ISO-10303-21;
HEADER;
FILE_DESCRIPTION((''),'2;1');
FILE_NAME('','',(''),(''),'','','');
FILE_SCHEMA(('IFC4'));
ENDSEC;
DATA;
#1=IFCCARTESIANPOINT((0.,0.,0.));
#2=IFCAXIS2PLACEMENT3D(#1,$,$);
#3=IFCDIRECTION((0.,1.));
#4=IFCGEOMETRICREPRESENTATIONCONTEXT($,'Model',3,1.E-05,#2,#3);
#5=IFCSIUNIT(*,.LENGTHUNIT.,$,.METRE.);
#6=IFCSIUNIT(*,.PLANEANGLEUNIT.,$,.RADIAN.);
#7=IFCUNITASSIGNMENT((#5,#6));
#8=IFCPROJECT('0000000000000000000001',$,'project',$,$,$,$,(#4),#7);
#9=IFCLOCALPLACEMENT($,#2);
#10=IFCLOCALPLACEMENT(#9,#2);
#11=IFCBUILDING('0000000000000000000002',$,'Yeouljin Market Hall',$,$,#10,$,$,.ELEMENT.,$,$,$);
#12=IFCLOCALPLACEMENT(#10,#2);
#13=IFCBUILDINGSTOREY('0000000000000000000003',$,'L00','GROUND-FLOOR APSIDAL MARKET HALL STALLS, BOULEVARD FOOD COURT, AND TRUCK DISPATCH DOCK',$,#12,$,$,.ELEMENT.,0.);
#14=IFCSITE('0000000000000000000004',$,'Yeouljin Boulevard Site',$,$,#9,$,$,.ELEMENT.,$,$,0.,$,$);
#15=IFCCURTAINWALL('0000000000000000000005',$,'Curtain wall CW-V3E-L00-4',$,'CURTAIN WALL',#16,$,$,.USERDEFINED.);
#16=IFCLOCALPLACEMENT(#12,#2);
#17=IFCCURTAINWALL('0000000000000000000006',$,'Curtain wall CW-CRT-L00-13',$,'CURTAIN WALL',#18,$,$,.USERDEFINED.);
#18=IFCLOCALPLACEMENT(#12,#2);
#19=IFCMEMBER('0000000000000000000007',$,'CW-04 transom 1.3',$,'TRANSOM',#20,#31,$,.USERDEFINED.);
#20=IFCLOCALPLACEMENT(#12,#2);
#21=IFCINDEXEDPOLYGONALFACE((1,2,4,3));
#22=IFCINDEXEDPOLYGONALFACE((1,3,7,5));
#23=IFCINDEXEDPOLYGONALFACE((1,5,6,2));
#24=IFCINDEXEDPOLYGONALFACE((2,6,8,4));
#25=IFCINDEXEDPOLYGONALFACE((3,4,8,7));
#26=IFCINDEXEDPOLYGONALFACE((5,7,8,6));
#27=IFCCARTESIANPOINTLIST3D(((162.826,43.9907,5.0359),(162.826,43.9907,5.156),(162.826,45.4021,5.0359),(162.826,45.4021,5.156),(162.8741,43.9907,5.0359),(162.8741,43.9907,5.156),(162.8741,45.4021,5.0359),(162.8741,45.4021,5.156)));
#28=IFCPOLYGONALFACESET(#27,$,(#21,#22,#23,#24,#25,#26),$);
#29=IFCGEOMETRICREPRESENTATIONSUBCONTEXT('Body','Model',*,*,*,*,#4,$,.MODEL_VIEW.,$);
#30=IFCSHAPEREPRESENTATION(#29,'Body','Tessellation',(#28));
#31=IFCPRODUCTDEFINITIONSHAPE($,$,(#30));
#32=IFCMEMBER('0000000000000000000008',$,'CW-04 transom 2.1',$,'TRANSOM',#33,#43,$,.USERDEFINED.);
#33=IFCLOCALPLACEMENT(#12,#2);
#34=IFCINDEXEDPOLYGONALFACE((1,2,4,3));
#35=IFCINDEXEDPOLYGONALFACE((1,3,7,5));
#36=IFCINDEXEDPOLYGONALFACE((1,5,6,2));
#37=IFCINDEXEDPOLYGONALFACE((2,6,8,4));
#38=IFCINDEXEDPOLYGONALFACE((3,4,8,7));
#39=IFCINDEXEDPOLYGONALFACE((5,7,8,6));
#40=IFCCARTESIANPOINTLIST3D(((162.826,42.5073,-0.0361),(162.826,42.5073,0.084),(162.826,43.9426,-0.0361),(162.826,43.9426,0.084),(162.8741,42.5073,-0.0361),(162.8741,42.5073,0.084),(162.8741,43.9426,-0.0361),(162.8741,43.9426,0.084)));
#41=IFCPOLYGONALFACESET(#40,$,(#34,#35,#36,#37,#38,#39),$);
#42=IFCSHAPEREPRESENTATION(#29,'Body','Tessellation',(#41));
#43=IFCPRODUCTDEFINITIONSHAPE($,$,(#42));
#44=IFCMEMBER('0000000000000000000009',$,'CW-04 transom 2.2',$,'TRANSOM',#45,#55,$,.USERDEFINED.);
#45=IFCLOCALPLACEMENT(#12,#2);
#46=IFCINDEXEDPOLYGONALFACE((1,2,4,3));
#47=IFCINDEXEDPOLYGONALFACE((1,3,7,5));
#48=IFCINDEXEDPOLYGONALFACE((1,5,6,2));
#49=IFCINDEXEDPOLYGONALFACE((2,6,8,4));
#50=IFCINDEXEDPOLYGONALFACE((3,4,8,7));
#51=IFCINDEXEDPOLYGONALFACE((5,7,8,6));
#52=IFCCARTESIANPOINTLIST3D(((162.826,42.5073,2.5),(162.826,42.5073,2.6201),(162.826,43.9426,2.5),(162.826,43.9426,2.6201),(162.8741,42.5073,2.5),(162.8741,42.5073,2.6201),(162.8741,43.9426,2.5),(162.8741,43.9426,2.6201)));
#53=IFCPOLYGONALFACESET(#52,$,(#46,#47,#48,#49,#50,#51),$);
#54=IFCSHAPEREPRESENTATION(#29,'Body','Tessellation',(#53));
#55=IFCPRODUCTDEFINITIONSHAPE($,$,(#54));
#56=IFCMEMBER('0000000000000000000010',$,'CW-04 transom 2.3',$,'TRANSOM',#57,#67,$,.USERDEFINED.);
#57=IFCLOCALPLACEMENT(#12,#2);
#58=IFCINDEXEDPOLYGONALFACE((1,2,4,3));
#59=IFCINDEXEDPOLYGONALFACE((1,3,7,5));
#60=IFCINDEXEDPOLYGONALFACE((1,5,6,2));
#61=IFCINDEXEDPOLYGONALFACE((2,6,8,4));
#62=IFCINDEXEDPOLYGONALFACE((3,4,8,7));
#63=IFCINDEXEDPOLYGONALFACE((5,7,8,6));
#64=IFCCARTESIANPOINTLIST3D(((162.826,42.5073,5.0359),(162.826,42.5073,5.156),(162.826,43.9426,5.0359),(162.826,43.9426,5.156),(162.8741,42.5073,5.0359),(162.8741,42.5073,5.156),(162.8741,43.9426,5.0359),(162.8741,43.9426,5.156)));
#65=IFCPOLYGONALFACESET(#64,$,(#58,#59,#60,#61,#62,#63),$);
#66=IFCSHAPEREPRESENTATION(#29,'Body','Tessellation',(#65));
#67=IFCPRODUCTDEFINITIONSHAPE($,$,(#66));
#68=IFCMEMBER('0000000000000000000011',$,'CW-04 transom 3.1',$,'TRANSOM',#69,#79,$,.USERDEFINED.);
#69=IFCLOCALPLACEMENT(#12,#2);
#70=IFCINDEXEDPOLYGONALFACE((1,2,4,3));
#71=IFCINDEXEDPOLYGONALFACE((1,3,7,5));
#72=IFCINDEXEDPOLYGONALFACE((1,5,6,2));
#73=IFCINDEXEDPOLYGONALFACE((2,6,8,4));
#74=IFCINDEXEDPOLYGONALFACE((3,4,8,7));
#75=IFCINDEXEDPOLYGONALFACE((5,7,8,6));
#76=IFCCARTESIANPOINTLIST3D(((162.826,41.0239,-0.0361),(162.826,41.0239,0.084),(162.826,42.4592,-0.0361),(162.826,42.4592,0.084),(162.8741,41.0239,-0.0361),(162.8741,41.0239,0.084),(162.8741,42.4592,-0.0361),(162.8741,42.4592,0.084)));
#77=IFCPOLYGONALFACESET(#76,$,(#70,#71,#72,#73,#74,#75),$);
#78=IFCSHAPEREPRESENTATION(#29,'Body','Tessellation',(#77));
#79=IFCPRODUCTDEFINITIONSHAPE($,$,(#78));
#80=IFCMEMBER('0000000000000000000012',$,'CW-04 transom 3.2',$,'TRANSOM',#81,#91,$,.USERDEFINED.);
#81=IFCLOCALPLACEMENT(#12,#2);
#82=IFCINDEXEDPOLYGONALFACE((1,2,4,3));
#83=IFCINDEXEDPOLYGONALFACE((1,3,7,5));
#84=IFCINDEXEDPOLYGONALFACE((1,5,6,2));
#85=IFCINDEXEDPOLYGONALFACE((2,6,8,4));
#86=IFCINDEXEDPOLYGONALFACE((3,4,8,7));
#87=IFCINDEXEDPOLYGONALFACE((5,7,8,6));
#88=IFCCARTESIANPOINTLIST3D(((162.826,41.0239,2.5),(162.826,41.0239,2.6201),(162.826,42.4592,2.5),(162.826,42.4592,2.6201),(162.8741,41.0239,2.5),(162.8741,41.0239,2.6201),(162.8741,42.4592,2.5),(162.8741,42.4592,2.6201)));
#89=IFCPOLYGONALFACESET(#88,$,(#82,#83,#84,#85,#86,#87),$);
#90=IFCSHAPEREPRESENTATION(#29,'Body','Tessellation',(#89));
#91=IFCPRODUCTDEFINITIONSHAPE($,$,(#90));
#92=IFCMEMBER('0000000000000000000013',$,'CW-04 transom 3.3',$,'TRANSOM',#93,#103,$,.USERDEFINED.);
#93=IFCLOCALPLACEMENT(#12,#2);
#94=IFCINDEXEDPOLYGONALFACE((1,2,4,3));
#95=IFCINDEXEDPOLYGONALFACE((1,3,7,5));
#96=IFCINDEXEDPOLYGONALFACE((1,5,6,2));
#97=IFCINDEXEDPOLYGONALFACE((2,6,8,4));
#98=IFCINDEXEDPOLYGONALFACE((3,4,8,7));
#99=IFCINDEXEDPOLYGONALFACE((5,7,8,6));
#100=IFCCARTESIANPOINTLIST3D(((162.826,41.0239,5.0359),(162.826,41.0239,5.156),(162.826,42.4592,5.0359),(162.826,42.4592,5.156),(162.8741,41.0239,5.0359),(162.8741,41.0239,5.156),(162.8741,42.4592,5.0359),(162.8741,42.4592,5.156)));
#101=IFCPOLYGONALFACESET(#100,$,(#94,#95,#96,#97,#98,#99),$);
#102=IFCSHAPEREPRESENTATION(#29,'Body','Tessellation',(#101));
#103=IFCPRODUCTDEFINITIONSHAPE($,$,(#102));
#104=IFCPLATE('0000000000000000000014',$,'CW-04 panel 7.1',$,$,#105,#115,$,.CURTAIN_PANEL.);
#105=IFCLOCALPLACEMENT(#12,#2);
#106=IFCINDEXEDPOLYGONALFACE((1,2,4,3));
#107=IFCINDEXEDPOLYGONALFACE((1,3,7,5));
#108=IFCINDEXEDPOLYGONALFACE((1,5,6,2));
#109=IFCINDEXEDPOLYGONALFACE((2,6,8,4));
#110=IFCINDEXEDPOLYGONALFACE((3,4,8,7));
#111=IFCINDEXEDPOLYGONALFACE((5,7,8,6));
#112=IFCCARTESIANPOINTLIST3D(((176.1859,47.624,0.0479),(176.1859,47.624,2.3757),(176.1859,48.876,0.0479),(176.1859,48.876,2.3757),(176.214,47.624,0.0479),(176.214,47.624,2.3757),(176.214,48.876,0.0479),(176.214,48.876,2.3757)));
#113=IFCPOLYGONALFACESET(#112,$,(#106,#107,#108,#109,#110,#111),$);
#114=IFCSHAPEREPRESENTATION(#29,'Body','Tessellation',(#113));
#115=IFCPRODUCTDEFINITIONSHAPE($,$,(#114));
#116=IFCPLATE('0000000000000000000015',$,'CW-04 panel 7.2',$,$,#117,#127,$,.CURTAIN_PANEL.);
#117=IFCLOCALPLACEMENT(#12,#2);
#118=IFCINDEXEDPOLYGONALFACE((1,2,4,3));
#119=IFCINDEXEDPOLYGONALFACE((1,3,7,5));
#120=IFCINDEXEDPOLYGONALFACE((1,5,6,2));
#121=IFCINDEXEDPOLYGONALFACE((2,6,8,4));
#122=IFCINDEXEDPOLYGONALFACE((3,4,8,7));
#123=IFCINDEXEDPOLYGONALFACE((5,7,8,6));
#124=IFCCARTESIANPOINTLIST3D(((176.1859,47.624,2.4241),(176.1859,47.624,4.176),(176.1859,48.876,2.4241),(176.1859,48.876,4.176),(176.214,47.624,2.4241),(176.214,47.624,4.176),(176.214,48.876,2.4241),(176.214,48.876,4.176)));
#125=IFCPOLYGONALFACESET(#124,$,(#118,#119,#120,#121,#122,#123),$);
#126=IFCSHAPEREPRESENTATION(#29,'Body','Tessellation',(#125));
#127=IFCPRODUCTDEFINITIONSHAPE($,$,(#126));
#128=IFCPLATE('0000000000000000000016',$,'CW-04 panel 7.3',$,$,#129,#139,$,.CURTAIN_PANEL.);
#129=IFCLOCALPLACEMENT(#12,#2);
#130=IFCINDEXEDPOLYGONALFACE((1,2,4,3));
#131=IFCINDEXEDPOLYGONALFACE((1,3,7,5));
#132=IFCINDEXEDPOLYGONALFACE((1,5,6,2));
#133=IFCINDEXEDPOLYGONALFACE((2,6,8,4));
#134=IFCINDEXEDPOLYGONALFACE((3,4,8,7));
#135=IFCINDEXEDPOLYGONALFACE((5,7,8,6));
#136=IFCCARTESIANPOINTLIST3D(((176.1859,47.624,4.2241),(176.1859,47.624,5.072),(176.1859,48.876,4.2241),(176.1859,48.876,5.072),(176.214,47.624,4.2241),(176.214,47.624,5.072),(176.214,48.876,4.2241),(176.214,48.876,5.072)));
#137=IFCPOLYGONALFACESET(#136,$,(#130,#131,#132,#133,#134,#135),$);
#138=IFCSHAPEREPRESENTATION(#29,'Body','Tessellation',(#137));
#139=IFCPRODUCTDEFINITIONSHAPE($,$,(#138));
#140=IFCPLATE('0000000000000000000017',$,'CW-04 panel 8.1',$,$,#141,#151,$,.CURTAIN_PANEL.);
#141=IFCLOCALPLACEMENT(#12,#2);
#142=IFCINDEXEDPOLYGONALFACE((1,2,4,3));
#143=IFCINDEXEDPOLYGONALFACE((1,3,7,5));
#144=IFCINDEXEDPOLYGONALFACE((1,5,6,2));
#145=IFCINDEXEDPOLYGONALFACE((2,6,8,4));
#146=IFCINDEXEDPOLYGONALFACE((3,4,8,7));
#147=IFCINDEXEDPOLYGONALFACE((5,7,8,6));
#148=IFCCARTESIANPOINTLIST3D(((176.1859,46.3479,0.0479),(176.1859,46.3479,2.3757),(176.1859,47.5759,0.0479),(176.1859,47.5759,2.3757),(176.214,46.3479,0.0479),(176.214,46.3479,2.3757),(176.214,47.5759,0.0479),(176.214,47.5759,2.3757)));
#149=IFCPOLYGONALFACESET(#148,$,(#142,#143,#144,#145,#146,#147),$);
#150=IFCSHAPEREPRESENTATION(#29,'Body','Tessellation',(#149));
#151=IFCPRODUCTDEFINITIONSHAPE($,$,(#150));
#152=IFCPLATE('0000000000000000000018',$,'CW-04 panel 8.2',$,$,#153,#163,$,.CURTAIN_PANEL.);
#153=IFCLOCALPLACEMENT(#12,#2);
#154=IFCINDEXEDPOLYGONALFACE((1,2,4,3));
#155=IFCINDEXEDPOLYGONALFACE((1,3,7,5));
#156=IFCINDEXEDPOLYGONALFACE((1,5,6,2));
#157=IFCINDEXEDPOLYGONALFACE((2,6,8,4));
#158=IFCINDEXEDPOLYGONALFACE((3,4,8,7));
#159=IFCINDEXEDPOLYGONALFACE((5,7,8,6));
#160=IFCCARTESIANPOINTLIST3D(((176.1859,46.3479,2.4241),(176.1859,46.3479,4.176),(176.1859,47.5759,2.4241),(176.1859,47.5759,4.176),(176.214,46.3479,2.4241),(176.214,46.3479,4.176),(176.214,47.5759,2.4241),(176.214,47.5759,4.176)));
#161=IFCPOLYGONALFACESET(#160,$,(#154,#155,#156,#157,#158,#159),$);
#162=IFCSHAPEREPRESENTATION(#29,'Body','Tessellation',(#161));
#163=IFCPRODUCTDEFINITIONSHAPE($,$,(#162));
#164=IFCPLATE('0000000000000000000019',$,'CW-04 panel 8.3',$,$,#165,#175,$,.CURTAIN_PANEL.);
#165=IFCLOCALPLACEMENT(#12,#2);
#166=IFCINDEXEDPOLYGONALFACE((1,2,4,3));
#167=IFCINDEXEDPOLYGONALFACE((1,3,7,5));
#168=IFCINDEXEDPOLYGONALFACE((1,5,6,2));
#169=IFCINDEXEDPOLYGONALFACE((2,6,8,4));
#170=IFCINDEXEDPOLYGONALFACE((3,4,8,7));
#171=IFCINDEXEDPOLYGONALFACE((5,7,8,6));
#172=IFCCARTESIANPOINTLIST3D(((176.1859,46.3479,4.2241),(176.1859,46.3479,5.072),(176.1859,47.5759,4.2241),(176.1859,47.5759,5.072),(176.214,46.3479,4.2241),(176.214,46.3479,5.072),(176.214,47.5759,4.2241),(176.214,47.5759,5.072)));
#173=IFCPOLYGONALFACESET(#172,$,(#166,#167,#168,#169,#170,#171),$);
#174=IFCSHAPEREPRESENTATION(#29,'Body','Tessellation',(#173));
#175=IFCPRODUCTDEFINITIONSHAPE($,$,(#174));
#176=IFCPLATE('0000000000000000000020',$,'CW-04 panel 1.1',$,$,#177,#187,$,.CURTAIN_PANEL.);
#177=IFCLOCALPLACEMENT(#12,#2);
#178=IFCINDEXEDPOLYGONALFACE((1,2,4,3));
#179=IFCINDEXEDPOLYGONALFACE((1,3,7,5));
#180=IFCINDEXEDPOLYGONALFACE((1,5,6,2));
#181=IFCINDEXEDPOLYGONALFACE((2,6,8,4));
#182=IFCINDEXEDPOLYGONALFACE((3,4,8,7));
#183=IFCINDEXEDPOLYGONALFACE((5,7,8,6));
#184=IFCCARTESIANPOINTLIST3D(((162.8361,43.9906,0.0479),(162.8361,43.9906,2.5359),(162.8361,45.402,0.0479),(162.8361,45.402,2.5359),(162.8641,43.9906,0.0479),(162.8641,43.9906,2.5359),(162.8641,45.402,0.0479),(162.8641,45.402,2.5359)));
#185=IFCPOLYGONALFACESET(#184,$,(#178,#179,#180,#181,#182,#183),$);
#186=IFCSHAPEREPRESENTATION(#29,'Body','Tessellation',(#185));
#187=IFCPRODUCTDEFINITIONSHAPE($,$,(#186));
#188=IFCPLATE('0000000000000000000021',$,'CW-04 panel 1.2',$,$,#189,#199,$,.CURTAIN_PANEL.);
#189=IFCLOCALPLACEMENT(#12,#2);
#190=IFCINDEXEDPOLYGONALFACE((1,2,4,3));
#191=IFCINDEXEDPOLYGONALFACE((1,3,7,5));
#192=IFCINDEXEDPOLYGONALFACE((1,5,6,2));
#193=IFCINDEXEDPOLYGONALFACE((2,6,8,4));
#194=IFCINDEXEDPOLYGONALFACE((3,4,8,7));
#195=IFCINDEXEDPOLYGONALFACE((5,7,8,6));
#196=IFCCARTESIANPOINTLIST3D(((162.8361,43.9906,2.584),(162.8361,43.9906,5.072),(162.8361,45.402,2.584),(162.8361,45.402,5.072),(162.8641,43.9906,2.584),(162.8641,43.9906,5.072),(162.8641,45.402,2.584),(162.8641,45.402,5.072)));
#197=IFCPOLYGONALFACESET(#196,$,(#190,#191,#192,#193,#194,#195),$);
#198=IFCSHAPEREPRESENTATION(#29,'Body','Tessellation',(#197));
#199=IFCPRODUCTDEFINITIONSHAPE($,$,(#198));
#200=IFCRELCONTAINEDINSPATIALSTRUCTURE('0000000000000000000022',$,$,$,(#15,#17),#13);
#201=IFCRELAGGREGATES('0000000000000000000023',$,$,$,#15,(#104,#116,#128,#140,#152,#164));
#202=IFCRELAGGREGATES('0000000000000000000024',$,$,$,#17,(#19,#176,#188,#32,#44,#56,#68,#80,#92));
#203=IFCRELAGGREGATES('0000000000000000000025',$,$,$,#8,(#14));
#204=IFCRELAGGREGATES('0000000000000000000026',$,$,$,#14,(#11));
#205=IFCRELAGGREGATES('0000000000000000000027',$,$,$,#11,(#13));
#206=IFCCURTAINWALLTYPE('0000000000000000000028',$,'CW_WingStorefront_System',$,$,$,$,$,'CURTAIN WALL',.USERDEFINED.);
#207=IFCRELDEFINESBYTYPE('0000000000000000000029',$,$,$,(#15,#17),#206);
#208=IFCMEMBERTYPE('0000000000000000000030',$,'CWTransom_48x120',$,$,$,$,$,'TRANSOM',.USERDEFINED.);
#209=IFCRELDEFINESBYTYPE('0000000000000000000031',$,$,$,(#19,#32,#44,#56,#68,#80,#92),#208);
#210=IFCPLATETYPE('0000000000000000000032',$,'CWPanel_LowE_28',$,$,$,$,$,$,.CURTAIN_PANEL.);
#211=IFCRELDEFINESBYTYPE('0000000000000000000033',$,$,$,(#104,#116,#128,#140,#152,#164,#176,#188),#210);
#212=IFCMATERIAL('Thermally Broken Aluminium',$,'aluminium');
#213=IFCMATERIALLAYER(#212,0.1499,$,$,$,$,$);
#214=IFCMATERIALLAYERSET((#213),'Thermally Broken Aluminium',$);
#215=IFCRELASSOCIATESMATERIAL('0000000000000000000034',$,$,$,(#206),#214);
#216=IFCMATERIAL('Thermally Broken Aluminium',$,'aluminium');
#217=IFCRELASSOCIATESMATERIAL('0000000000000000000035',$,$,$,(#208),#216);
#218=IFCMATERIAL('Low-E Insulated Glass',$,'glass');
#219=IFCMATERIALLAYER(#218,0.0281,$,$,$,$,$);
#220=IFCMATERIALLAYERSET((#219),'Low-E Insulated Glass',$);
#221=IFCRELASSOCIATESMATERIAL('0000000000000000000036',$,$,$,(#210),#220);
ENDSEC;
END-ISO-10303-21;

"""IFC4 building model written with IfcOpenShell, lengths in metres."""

from ifc_helpers import new_model, si_unit, direction, frame, origin, origin_2d, place, context, subcontext, project, spatial, rectangle, extrude, material, layer, layer_set, material_profile, profile_set, type_object, element, aggregate, save


model = new_model("IFC4")

# Units and contexts
model_context = context("Model", 3, precision=1e-05, world=origin(), true_north=direction((0.0, 1.0)))
body_context = subcontext(model_context, "Body", "Model", "MODEL_VIEW")
ifc_project = project(units=[si_unit("LENGTHUNIT", "METRE"), si_unit("PLANEANGLEUNIT", "RADIAN")], contexts=[model_context])

# Site, building, storey
site_placement = place(None, origin())
site = spatial("IfcSite", under=ifc_project, at=site_placement, Name="Yeouljin Boulevard Site", CompositionType="ELEMENT", RefElevation=0.0)
building_placement = place(site_placement, origin())
building = spatial("IfcBuilding", under=site, at=building_placement, Name="Yeouljin Market Hall", CompositionType="ELEMENT")
storey_placement = place(building_placement, origin())
storey = spatial("IfcBuildingStorey", under=building, at=storey_placement, Name="L00", Description="GROUND-FLOOR APSIDAL MARKET HALL STALLS, BOULEVARD FOOD COURT, AND TRUCK DISPATCH DOCK", CompositionType="ELEMENT", Elevation=0.0)

# Curtain walls
ifc_material_1 = material(Name="Thermally Broken Aluminium", Category="aluminium")
ifc_layer_1 = layer(ifc_material_1, 0.1499)
ifc_layer_set_1 = layer_set([ifc_layer_1], Name="Thermally Broken Aluminium")
curtain_wall_type = type_object("IfcCurtainWallType", Name="CW_WingStorefront_System", ElementType="CURTAIN WALL", PredefinedType="USERDEFINED", material=ifc_layer_set_1)
curtain_wall_1_placement = place(storey_placement, origin())
curtain_wall_1 = element("IfcCurtainWall", 1, at=curtain_wall_1_placement, inside=storey, type_object=curtain_wall_type, Name="Curtain wall CW-V3E-L00-4", ObjectType="CURTAIN WALL", PredefinedType="USERDEFINED")
curtain_wall_2_placement = place(storey_placement, origin())
curtain_wall_2 = element("IfcCurtainWall", 2, at=curtain_wall_2_placement, inside=storey, type_object=curtain_wall_type, Name="Curtain wall CW-CRT-L00-13", ObjectType="CURTAIN WALL", PredefinedType="USERDEFINED")

# Members
ifc_material_2 = material(Name="Thermally Broken Aluminium", Category="aluminium")
ifc_material_profile_1 = material_profile(ifc_material_2, rectangle(XDim=0.0481, YDim=0.1201, at=origin_2d()), Name="CW-TRAN-48x120")
ifc_profile_set_1 = profile_set([ifc_material_profile_1], Name="Thermally Broken Aluminium")
member_type_1 = type_object("IfcMemberType", Name="CWTransom_48x120", ElementType="TRANSOM", PredefinedType="USERDEFINED", material=ifc_profile_set_1)
member_1_placement = place(storey_placement, frame((162.8501, 45.4021, 5.0959), z_axis=(0.0, -1.0, 0.0), x_axis=(1.0, 0.0, 0.0)))
member_1 = element("IfcMember", 3, at=member_1_placement, type_object=member_type_1, Name="CW-04 transom 1.3", ObjectType="TRANSOM", PredefinedType="USERDEFINED", context=body_context, shape_type="SweptSolid", body=[
    extrude(rectangle(XDim=0.0481, YDim=0.1201, at=origin_2d()), origin(), (0.0, 0.0, 1.0), 1.4114),
])
member_2_placement = place(storey_placement, frame((162.8501, 43.9426, 0.0239), z_axis=(0.0, -1.0, 0.0), x_axis=(1.0, 0.0, 0.0)))
member_2 = element("IfcMember", 4, at=member_2_placement, type_object=member_type_1, Name="CW-04 transom 2.1", ObjectType="TRANSOM", PredefinedType="USERDEFINED", context=body_context, shape_type="SweptSolid", body=[
    extrude(rectangle(XDim=0.0481, YDim=0.1201, at=origin_2d()), origin(), (0.0, 0.0, 1.0), 1.4353),
])
member_3_placement = place(storey_placement, frame((162.8501, 43.9426, 2.5601), z_axis=(0.0, -1.0, 0.0), x_axis=(1.0, 0.0, 0.0)))
member_3 = element("IfcMember", 5, at=member_3_placement, type_object=member_type_1, Name="CW-04 transom 2.2", ObjectType="TRANSOM", PredefinedType="USERDEFINED", context=body_context, shape_type="SweptSolid", body=[
    extrude(rectangle(XDim=0.0481, YDim=0.1201, at=origin_2d()), origin(), (0.0, 0.0, 1.0), 1.4353),
])
member_4_placement = place(storey_placement, frame((162.8501, 43.9426, 5.0959), z_axis=(0.0, -1.0, 0.0), x_axis=(1.0, 0.0, 0.0)))
member_4 = element("IfcMember", 6, at=member_4_placement, type_object=member_type_1, Name="CW-04 transom 2.3", ObjectType="TRANSOM", PredefinedType="USERDEFINED", context=body_context, shape_type="SweptSolid", body=[
    extrude(rectangle(XDim=0.0481, YDim=0.1201, at=origin_2d()), origin(), (0.0, 0.0, 1.0), 1.4353),
])
member_5_placement = place(storey_placement, frame((162.8501, 42.4592, 0.0239), z_axis=(0.0, -1.0, 0.0), x_axis=(1.0, 0.0, 0.0)))
member_5 = element("IfcMember", 7, at=member_5_placement, type_object=member_type_1, Name="CW-04 transom 3.1", ObjectType="TRANSOM", PredefinedType="USERDEFINED", context=body_context, shape_type="SweptSolid", body=[
    extrude(rectangle(XDim=0.0481, YDim=0.1201, at=origin_2d()), origin(), (0.0, 0.0, 1.0), 1.4353),
])
member_6_placement = place(storey_placement, frame((162.8501, 42.4592, 2.5601), z_axis=(0.0, -1.0, 0.0), x_axis=(1.0, 0.0, 0.0)))
member_6 = element("IfcMember", 8, at=member_6_placement, type_object=member_type_1, Name="CW-04 transom 3.2", ObjectType="TRANSOM", PredefinedType="USERDEFINED", context=body_context, shape_type="SweptSolid", body=[
    extrude(rectangle(XDim=0.0481, YDim=0.1201, at=origin_2d()), origin(), (0.0, 0.0, 1.0), 1.4353),
])
member_7_placement = place(storey_placement, frame((162.8501, 42.4592, 5.0959), z_axis=(0.0, -1.0, 0.0), x_axis=(1.0, 0.0, 0.0)))
member_7 = element("IfcMember", 9, at=member_7_placement, type_object=member_type_1, Name="CW-04 transom 3.3", ObjectType="TRANSOM", PredefinedType="USERDEFINED", context=body_context, shape_type="SweptSolid", body=[
    extrude(rectangle(XDim=0.0481, YDim=0.1201, at=origin_2d()), origin(), (0.0, 0.0, 1.0), 1.4353),
])

# Plates
ifc_material_3 = material(Name="Low-E Insulated Glass", Category="glass")
ifc_layer_2 = layer(ifc_material_3, 0.0281)
ifc_layer_set_2 = layer_set([ifc_layer_2], Name="Low-E Insulated Glass")
plate_type = type_object("IfcPlateType", Name="CWPanel_LowE_28", PredefinedType="CURTAIN_PANEL", material=ifc_layer_set_2)
plate_1_placement = place(storey_placement, frame((176.2, 48.25, 0.0479), z_axis=(0.0, 0.0, 1.0), x_axis=(0.0, -1.0, 0.0)))
plate_1 = element("IfcPlate", 10, at=plate_1_placement, type_object=plate_type, Name="CW-04 panel 7.1", PredefinedType="CURTAIN_PANEL", context=body_context, shape_type="SweptSolid", body=[
    extrude(rectangle(XDim=1.252, YDim=0.0281, at=origin_2d()), origin(), (0.0, 0.0, 1.0), 2.3279),
])
plate_2_placement = place(storey_placement, frame((176.2, 48.25, 2.4241), z_axis=(0.0, 0.0, 1.0), x_axis=(0.0, -1.0, 0.0)))
plate_2 = element("IfcPlate", 11, at=plate_2_placement, type_object=plate_type, Name="CW-04 panel 7.2", PredefinedType="CURTAIN_PANEL", context=body_context, shape_type="SweptSolid", body=[
    extrude(rectangle(XDim=1.252, YDim=0.0281, at=origin_2d()), origin(), (0.0, 0.0, 1.0), 1.752),
])
plate_3_placement = place(storey_placement, frame((176.2, 48.25, 4.2241), z_axis=(0.0, 0.0, 1.0), x_axis=(0.0, -1.0, 0.0)))
plate_3 = element("IfcPlate", 12, at=plate_3_placement, type_object=plate_type, Name="CW-04 panel 7.3", PredefinedType="CURTAIN_PANEL", context=body_context, shape_type="SweptSolid", body=[
    extrude(rectangle(XDim=1.252, YDim=0.0281, at=origin_2d()), origin(), (0.0, 0.0, 1.0), 0.8479),
])
plate_4_placement = place(storey_placement, frame((176.2, 46.9619, 0.0479), z_axis=(0.0, 0.0, 1.0), x_axis=(0.0, -1.0, 0.0)))
plate_4 = element("IfcPlate", 13, at=plate_4_placement, type_object=plate_type, Name="CW-04 panel 8.1", PredefinedType="CURTAIN_PANEL", context=body_context, shape_type="SweptSolid", body=[
    extrude(rectangle(XDim=1.228, YDim=0.0281, at=origin_2d()), origin(), (0.0, 0.0, 1.0), 2.3279),
])
plate_5_placement = place(storey_placement, frame((176.2, 46.9619, 2.4241), z_axis=(0.0, 0.0, 1.0), x_axis=(0.0, -1.0, 0.0)))
plate_5 = element("IfcPlate", 14, at=plate_5_placement, type_object=plate_type, Name="CW-04 panel 8.2", PredefinedType="CURTAIN_PANEL", context=body_context, shape_type="SweptSolid", body=[
    extrude(rectangle(XDim=1.228, YDim=0.0281, at=origin_2d()), origin(), (0.0, 0.0, 1.0), 1.752),
])
plate_6_placement = place(storey_placement, frame((176.2, 46.9619, 4.2241), z_axis=(0.0, 0.0, 1.0), x_axis=(0.0, -1.0, 0.0)))
plate_6 = element("IfcPlate", 15, at=plate_6_placement, type_object=plate_type, Name="CW-04 panel 8.3", PredefinedType="CURTAIN_PANEL", context=body_context, shape_type="SweptSolid", body=[
    extrude(rectangle(XDim=1.228, YDim=0.0281, at=origin_2d()), origin(), (0.0, 0.0, 1.0), 0.8479),
])
aggregate(curtain_wall_1, [plate_1, plate_2, plate_3, plate_4, plate_5, plate_6])
plate_7_placement = place(storey_placement, frame((162.8501, 44.6963, 0.0479), z_axis=(0.0, 0.0, 1.0), x_axis=(0.0, -1.0, 0.0)))
plate_7 = element("IfcPlate", 16, at=plate_7_placement, type_object=plate_type, Name="CW-04 panel 1.1", PredefinedType="CURTAIN_PANEL", context=body_context, shape_type="SweptSolid", body=[
    extrude(rectangle(XDim=1.4114, YDim=0.0281, at=origin_2d()), origin(), (0.0, 0.0, 1.0), 2.488),
])
plate_8_placement = place(storey_placement, frame((162.8501, 44.6963, 2.584), z_axis=(0.0, 0.0, 1.0), x_axis=(0.0, -1.0, 0.0)))
plate_8 = element("IfcPlate", 17, at=plate_8_placement, type_object=plate_type, Name="CW-04 panel 1.2", PredefinedType="CURTAIN_PANEL", context=body_context, shape_type="SweptSolid", body=[
    extrude(rectangle(XDim=1.4114, YDim=0.0281, at=origin_2d()), origin(), (0.0, 0.0, 1.0), 2.488),
])
aggregate(curtain_wall_2, [member_1, plate_7, plate_8, member_2, member_3, member_4, member_5, member_6, member_7])

save(model, "model.ifc")
